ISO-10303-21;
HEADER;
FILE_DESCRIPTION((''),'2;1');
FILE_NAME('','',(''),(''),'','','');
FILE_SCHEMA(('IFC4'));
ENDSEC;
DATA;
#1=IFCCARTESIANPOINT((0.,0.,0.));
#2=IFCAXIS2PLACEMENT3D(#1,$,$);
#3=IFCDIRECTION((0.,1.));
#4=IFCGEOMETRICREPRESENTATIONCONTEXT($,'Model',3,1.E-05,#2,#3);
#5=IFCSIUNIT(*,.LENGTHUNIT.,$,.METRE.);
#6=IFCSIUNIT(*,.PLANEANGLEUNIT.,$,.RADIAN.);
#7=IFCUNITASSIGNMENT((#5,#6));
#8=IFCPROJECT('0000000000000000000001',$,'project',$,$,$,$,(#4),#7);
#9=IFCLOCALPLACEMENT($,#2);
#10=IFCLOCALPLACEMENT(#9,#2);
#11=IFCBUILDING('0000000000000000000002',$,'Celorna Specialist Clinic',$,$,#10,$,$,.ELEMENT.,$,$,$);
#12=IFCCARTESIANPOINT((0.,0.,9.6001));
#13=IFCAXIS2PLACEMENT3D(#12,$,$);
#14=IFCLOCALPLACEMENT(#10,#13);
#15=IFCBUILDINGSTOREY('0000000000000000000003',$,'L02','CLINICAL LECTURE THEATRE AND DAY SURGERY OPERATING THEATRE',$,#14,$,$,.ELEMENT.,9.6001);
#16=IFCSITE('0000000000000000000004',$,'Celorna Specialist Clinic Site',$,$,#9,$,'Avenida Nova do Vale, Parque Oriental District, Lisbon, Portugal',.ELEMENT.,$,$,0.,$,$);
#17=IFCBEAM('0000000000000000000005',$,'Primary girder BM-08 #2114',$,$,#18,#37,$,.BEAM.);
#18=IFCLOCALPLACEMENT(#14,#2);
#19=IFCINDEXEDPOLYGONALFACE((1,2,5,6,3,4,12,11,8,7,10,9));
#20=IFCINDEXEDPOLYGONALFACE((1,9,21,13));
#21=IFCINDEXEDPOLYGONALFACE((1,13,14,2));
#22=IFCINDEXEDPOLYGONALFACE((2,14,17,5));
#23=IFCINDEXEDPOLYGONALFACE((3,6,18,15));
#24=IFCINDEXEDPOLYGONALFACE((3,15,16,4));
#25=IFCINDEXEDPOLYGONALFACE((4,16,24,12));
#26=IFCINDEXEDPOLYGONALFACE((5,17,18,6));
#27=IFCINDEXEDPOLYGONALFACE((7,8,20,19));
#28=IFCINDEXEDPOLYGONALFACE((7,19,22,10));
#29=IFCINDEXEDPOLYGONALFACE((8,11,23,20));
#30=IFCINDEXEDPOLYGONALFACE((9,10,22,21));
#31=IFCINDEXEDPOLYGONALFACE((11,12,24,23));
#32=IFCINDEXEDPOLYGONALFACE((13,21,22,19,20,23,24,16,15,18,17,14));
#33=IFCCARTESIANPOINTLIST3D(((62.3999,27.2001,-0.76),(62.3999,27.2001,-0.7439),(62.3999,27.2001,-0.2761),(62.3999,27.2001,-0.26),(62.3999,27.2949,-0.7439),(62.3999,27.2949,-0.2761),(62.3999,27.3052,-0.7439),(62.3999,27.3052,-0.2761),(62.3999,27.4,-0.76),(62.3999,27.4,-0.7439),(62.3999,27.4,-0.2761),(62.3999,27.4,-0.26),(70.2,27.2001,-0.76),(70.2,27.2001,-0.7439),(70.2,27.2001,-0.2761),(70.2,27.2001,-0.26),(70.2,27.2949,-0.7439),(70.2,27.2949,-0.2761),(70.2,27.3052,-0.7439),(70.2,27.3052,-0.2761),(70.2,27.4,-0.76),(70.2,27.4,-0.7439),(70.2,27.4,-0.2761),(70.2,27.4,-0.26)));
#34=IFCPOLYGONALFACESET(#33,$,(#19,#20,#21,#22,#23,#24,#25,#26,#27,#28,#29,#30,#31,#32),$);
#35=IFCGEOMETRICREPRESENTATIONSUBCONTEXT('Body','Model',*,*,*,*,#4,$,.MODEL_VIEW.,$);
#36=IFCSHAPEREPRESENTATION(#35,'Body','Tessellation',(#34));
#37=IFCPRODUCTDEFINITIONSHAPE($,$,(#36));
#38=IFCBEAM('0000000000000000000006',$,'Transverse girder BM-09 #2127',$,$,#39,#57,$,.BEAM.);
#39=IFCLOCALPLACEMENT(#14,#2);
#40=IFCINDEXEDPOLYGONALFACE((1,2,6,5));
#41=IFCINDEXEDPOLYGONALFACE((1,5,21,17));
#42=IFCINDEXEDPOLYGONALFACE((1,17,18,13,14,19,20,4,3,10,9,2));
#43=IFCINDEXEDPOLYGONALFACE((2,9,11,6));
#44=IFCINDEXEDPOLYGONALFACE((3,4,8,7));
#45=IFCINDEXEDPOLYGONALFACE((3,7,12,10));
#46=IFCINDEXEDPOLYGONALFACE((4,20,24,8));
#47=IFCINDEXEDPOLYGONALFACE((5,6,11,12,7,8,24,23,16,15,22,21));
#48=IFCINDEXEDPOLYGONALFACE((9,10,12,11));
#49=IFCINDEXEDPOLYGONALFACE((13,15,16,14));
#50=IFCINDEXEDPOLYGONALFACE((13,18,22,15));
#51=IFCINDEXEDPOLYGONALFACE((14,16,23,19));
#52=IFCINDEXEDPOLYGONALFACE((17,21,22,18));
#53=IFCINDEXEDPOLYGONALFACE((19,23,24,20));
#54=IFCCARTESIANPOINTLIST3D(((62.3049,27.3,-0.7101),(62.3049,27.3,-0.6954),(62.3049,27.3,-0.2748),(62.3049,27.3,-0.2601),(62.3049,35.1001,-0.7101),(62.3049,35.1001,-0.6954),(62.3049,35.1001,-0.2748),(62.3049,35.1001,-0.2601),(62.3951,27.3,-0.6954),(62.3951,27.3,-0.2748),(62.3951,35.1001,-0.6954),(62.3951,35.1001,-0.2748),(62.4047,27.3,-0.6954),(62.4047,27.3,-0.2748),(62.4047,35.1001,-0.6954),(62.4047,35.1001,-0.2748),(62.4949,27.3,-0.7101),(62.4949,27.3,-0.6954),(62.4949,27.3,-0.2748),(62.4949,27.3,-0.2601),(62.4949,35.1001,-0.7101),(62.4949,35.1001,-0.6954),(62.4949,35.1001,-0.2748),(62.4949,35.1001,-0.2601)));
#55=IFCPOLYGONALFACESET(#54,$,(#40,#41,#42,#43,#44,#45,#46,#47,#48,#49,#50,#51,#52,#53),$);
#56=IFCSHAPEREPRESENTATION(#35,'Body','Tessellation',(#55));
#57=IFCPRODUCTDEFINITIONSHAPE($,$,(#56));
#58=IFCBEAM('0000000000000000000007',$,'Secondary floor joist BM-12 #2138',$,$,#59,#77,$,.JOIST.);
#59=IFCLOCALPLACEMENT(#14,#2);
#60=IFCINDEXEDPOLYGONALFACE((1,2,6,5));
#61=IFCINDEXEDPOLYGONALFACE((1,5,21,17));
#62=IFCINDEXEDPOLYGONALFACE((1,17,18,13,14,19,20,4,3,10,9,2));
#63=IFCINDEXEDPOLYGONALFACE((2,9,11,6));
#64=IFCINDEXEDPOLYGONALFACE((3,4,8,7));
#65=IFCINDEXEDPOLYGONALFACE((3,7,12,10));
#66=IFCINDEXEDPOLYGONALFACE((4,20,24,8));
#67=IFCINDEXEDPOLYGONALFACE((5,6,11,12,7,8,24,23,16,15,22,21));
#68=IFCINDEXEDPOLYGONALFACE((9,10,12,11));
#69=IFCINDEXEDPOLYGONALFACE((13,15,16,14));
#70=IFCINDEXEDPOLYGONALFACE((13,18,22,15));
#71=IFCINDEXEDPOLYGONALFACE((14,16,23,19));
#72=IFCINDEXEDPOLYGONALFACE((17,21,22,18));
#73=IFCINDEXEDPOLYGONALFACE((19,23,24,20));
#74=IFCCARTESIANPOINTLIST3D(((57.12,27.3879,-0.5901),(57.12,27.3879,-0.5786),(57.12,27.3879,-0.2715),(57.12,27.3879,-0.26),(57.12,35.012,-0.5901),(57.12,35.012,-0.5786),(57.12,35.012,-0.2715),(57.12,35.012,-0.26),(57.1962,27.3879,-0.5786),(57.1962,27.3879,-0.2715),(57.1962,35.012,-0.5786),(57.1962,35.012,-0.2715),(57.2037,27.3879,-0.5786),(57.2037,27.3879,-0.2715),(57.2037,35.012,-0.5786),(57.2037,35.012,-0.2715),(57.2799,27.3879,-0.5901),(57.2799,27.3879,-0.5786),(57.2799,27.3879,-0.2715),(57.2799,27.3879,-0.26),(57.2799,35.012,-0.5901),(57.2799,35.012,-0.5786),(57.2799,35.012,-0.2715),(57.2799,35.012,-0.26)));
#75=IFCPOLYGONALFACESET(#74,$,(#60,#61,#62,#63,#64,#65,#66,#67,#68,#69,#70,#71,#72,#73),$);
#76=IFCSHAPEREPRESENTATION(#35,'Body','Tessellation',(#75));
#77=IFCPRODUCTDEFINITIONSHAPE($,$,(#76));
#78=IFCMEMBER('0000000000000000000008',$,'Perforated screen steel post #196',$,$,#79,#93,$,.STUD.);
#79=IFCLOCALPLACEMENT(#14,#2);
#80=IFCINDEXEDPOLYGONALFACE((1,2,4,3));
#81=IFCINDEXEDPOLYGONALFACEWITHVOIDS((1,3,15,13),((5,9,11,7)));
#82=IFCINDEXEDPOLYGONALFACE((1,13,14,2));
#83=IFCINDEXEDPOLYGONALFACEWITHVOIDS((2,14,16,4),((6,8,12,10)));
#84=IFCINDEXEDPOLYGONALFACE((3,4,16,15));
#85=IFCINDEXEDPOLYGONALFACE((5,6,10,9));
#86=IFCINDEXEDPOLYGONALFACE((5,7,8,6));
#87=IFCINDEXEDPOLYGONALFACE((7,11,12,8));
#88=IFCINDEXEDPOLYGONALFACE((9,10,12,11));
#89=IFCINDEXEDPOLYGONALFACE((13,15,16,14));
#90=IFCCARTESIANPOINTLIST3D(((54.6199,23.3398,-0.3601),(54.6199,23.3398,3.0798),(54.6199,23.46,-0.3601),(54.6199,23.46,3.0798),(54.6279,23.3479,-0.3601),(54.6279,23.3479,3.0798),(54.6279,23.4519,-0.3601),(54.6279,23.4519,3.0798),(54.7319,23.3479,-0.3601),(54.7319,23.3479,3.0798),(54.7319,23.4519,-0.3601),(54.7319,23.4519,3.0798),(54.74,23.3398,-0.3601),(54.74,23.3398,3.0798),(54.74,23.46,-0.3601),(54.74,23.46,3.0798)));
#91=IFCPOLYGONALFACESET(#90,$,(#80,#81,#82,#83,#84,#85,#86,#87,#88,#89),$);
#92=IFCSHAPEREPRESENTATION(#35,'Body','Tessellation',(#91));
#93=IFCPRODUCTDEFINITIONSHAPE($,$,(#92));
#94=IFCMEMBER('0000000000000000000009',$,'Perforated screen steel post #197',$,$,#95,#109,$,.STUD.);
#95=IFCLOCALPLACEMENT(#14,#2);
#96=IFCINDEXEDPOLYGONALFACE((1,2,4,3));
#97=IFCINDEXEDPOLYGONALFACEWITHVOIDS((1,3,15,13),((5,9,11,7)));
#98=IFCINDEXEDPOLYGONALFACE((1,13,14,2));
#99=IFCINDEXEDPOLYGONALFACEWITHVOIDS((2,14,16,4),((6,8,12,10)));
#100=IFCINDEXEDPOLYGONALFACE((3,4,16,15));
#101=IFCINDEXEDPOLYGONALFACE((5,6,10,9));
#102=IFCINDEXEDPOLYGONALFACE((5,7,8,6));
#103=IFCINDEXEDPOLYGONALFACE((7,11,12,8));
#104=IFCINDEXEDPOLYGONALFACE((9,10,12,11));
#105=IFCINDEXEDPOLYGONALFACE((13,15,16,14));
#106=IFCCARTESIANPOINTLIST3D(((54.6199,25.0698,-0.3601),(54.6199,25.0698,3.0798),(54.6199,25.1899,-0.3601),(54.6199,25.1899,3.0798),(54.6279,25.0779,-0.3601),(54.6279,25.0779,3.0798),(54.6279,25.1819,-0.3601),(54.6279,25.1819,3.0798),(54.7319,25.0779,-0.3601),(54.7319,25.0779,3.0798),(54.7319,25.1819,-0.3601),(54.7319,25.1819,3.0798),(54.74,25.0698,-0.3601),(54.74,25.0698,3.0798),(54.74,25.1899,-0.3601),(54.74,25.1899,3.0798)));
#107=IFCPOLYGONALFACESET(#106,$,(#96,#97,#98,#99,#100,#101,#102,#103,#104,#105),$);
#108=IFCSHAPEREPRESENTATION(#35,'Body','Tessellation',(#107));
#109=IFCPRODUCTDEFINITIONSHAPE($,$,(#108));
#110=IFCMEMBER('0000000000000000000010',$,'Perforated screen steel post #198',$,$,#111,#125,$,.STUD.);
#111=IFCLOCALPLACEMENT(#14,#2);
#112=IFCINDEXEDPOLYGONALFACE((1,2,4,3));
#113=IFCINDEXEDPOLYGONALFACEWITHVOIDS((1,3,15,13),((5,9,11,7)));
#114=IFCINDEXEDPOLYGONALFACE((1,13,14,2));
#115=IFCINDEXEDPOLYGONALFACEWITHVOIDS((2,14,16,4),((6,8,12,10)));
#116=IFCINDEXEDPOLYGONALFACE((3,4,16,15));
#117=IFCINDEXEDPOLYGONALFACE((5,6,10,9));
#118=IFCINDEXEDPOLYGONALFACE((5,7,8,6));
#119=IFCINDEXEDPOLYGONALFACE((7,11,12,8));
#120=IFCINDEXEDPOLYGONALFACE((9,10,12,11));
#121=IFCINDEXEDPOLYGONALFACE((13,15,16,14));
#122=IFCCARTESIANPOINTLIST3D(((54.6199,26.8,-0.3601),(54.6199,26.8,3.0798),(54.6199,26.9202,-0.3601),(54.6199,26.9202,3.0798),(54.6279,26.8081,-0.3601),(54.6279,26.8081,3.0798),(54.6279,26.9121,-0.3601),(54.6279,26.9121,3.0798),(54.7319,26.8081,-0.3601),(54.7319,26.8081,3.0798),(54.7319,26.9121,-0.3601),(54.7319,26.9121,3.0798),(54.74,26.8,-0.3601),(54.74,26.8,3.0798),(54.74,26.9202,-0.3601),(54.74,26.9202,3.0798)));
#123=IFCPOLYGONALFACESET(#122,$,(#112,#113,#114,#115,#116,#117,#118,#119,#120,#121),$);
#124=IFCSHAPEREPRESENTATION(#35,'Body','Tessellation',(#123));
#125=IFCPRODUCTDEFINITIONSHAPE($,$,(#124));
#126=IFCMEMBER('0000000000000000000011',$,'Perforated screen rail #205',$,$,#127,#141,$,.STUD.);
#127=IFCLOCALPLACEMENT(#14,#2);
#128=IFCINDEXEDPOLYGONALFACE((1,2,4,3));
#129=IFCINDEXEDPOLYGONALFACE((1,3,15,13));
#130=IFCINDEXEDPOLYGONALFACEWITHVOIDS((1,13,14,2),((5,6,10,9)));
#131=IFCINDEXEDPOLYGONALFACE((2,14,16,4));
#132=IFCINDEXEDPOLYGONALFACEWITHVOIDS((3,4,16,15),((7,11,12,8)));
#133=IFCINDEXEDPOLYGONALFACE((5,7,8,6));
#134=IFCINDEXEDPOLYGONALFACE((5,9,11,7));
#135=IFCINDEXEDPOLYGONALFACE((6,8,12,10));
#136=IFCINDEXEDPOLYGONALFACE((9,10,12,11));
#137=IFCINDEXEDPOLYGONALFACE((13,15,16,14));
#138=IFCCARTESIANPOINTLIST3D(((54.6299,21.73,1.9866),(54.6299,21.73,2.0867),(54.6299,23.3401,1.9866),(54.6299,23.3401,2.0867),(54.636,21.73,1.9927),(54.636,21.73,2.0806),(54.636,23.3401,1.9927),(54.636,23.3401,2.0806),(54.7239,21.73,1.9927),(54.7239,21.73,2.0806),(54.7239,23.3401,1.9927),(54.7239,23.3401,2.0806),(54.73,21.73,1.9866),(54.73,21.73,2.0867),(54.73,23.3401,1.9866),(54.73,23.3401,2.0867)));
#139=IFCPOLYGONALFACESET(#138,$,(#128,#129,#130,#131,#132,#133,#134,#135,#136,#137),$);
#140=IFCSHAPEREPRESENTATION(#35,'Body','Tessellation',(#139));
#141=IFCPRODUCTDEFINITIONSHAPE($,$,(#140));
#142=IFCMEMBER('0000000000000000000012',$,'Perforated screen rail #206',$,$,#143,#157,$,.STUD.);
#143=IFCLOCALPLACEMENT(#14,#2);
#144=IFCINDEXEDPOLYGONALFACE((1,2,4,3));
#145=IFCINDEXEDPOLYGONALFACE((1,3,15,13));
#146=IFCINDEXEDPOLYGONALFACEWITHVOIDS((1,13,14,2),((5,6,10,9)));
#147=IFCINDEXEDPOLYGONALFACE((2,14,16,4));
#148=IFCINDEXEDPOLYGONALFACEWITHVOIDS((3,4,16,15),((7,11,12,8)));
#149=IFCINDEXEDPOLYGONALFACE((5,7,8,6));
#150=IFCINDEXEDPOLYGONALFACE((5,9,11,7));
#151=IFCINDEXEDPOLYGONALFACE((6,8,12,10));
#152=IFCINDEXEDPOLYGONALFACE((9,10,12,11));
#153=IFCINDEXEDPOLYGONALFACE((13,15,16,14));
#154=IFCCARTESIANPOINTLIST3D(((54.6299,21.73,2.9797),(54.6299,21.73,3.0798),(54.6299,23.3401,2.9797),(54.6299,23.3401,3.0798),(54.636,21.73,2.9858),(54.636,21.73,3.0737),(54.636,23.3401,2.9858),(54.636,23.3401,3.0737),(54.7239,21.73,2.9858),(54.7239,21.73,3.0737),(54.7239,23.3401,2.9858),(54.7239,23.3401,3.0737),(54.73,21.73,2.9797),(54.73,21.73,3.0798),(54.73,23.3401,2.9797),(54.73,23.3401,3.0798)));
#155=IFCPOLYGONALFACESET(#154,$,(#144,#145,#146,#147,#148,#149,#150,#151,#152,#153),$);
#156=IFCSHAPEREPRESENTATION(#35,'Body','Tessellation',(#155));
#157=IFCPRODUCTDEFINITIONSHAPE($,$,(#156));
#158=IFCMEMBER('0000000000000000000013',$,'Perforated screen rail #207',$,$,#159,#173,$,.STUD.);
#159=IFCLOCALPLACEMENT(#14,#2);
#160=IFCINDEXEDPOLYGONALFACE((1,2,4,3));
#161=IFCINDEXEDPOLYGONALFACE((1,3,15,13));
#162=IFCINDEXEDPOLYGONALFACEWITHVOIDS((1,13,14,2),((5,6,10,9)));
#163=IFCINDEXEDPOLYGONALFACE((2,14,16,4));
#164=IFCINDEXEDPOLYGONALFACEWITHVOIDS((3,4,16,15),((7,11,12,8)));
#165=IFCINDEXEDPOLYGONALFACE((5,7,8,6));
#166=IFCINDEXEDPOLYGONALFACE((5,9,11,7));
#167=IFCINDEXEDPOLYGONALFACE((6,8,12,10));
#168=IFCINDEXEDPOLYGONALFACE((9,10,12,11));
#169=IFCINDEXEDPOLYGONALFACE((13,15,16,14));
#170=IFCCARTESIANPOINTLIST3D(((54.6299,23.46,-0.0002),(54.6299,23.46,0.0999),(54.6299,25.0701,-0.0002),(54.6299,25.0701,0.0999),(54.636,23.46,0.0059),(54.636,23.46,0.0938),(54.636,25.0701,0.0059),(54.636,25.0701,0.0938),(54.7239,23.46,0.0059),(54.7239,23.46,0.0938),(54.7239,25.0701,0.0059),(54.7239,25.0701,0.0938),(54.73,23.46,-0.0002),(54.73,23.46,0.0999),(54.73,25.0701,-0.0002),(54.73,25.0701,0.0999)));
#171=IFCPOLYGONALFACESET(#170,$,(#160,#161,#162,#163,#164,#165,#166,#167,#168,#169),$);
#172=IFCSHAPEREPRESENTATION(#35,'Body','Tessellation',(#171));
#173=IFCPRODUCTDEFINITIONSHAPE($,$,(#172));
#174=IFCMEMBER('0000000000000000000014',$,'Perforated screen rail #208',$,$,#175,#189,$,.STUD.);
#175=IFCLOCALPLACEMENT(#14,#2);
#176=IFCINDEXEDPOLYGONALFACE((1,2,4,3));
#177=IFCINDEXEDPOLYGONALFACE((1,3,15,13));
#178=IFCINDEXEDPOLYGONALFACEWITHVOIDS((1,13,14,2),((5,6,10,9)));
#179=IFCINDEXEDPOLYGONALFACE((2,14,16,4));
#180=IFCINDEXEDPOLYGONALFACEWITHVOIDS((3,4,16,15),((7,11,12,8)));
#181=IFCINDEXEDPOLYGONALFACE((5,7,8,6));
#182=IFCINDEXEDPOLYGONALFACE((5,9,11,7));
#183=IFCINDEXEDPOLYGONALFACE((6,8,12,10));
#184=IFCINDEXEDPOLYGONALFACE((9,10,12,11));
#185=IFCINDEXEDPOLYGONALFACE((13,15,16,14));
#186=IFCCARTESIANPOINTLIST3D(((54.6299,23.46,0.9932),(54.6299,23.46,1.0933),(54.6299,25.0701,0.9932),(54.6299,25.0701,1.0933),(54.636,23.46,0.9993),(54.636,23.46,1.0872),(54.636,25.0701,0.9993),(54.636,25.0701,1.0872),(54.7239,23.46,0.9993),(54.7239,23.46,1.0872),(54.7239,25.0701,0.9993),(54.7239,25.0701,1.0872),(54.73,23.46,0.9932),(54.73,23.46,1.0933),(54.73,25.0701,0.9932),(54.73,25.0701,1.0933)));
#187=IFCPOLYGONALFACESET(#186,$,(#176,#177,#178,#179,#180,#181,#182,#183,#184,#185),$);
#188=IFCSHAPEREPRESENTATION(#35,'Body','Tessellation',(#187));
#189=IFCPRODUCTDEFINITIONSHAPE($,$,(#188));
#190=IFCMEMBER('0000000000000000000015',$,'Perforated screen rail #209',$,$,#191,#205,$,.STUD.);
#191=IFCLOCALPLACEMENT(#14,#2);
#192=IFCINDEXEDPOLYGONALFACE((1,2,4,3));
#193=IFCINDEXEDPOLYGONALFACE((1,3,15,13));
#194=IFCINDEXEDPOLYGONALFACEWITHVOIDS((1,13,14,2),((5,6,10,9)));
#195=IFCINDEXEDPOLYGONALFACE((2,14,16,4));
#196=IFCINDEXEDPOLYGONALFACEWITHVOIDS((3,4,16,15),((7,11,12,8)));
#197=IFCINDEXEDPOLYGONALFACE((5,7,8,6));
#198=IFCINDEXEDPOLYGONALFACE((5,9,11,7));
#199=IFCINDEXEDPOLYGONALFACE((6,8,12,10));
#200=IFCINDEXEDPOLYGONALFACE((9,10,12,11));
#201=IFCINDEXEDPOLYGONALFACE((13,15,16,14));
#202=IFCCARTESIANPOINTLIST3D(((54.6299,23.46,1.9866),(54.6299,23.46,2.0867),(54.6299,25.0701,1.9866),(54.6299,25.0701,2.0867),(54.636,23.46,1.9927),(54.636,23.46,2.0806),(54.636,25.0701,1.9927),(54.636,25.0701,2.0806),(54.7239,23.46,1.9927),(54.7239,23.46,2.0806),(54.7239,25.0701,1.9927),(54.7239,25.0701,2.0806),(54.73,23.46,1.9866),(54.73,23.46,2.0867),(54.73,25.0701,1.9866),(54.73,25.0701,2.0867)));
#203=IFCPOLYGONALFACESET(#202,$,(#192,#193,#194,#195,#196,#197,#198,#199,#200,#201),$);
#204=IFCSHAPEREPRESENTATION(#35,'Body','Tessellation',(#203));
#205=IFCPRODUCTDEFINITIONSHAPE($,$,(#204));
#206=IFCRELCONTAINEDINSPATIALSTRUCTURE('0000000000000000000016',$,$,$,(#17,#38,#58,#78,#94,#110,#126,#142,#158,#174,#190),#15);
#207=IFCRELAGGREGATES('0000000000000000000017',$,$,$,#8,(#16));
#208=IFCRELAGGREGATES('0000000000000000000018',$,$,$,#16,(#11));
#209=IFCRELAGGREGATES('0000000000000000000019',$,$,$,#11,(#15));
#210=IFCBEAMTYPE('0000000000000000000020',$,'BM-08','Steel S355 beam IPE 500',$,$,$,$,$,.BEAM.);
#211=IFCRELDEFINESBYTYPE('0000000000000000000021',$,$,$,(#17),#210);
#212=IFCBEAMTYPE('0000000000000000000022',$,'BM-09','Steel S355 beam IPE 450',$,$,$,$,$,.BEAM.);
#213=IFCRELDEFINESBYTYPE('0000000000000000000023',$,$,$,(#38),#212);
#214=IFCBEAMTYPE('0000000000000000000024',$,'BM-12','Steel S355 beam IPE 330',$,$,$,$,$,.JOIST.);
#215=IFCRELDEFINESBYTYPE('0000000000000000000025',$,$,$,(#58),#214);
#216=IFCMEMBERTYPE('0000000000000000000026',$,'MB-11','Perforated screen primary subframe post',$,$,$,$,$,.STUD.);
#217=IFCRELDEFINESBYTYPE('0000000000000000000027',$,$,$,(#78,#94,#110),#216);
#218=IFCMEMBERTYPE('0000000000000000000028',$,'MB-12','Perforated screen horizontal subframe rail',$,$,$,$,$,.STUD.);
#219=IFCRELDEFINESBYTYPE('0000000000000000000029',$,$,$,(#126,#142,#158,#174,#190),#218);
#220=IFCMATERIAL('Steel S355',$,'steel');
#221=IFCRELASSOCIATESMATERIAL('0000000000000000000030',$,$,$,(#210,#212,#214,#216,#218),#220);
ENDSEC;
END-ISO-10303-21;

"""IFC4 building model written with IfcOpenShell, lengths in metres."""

from ifc_helpers import new_model, si_unit, direction, frame, origin, origin_2d, place, context, subcontext, project, spatial, hollow_rectangle, i_section, extrude, material, material_profile, profile_set, type_object, element, save


model = new_model("IFC4")

# Units and contexts
model_context = context("Model", 3, precision=1e-05, world=origin(), true_north=direction((0.0, 1.0)))
body_context = subcontext(model_context, "Body", "Model", "MODEL_VIEW")
ifc_project = project(units=[si_unit("LENGTHUNIT", "METRE"), si_unit("PLANEANGLEUNIT", "RADIAN")], contexts=[model_context])

# Site, building, storey
site_placement = place(None, origin())
site = spatial("IfcSite", under=ifc_project, at=site_placement, Name="Celorna Specialist Clinic Site", LongName="Avenida Nova do Vale, Parque Oriental District, Lisbon, Portugal", CompositionType="ELEMENT", RefElevation=0.0)
building_placement = place(site_placement, origin())
building = spatial("IfcBuilding", under=site, at=building_placement, Name="Celorna Specialist Clinic", CompositionType="ELEMENT")
storey_placement = place(building_placement, frame((0.0, 0.0, 9.6001)))
storey = spatial("IfcBuildingStorey", under=building, at=storey_placement, Name="L02", Description="CLINICAL LECTURE THEATRE AND DAY SURGERY OPERATING THEATRE", CompositionType="ELEMENT", Elevation=9.6001)

# Beams
ifc_material_1 = material(Name="Steel S355", Category="steel")
ifc_material_profile_1 = material_profile(ifc_material_1, i_section(OverallWidth=0.2, OverallDepth=0.5, WebThickness=0.0103, FlangeThickness=0.0161, at=origin_2d()), Name="IPE 500")
ifc_profile_set_1 = profile_set([ifc_material_profile_1], Name="Steel S355")
beam_type_1 = type_object("IfcBeamType", Name="BM-08", Description="Steel S355 beam IPE 500", PredefinedType="BEAM", material=ifc_profile_set_1)
beam_1_placement = place(storey_placement, frame((62.3999, 27.3, -0.51), z_axis=(1.0, 0.0, 0.0), x_axis=(0.0, 1.0, 0.0)))
element("IfcBeam", 1, at=beam_1_placement, inside=storey, type_object=beam_type_1, Name="Primary girder BM-08 #2114", PredefinedType="BEAM", context=body_context, shape_type="SweptSolid", body=[
    extrude(i_section(OverallWidth=0.2, OverallDepth=0.5, WebThickness=0.0103, FlangeThickness=0.0161, at=origin_2d()), origin(), (0.0, 0.0, 1.0), 7.8),
])
ifc_material_profile_2 = material_profile(ifc_material_1, i_section(OverallWidth=0.1899, OverallDepth=0.45, WebThickness=0.0095, FlangeThickness=0.0146, at=origin_2d()), Name="IPE 450")
ifc_profile_set_2 = profile_set([ifc_material_profile_2], Name="Steel S355")
beam_type_2 = type_object("IfcBeamType", Name="BM-09", Description="Steel S355 beam IPE 450", PredefinedType="BEAM", material=ifc_profile_set_2)
beam_2_placement = place(storey_placement, frame((62.3999, 27.3, -0.4851), z_axis=(0.0, 1.0, 0.0), x_axis=(-1.0, 0.0, 0.0)))
element("IfcBeam", 2, at=beam_2_placement, inside=storey, type_object=beam_type_2, Name="Transverse girder BM-09 #2127", PredefinedType="BEAM", context=body_context, shape_type="SweptSolid", body=[
    extrude(i_section(OverallWidth=0.1899, OverallDepth=0.45, WebThickness=0.0095, FlangeThickness=0.0146, at=origin_2d()), origin(), (0.0, 0.0, 1.0), 7.8),
])
ifc_material_profile_3 = material_profile(ifc_material_1, i_section(OverallWidth=0.1599, OverallDepth=0.3301, WebThickness=0.0076, FlangeThickness=0.0115, at=origin_2d()), Name="IPE 330")
ifc_profile_set_3 = profile_set([ifc_material_profile_3], Name="Steel S355")
beam_type_3 = type_object("IfcBeamType", Name="BM-12", Description="Steel S355 beam IPE 330", PredefinedType="JOIST", material=ifc_profile_set_3)
beam_3_placement = place(storey_placement, frame((57.2, 27.3879, -0.425), z_axis=(0.0, 1.0, 0.0), x_axis=(-1.0, 0.0, 0.0)))
element("IfcBeam", 3, at=beam_3_placement, inside=storey, type_object=beam_type_3, Name="Secondary floor joist BM-12 #2138", PredefinedType="JOIST", context=body_context, shape_type="SweptSolid", body=[
    extrude(i_section(OverallWidth=0.1599, OverallDepth=0.3301, WebThickness=0.0076, FlangeThickness=0.0115, at=origin_2d()), origin(), (0.0, 0.0, 1.0), 7.624),
])

# Members
ifc_material_profile_4 = material_profile(ifc_material_1, hollow_rectangle(XDim=0.1201, YDim=0.1201, WallThickness=0.0081, at=origin_2d()), Name="SHS 120x120x8")
ifc_profile_set_4 = profile_set([ifc_material_profile_4], Name="Steel S355")
member_type_1 = type_object("IfcMemberType", Name="MB-11", Description="Perforated screen primary subframe post", PredefinedType="STUD", material=ifc_profile_set_4)
for number, where, z_axis, x_axis, name in (
    (4, (54.6799, 23.3999, -0.3601), (0.0, 0.0, 1.0), (1.0, 0.0, 0.0), "Perforated screen steel post #196"),
    (5, (54.6799, 25.1299, -0.3601), (0.0, 0.0, 1.0), (1.0, 0.0, 0.0), "Perforated screen steel post #197"),
    (6, (54.6799, 26.8601, -0.3601), (0.0, 0.0, 1.0), (1.0, 0.0, 0.0), "Perforated screen steel post #198"),
):
    element("IfcMember", number, at=place(storey_placement, frame(where, z_axis=z_axis, x_axis=x_axis)), inside=storey, type_object=member_type_1, Name=name, PredefinedType="STUD", context=body_context, shape_type="SweptSolid", body=[
        extrude(hollow_rectangle(XDim=0.1201, YDim=0.1201, WallThickness=0.0081, at=origin_2d()), origin(), (0.0, 0.0, 1.0), 3.4399),
    ])
ifc_material_profile_5 = material_profile(ifc_material_1, hollow_rectangle(XDim=0.1001, YDim=0.1001, WallThickness=0.0061, at=origin_2d()), Name="SHS 100x100x6")
ifc_profile_set_5 = profile_set([ifc_material_profile_5], Name="Steel S355")
member_type_2 = type_object("IfcMemberType", Name="MB-12", Description="Perforated screen horizontal subframe rail", PredefinedType="STUD", material=ifc_profile_set_5)
for number, where, z_axis, x_axis, name in (
    (7, (54.6799, 21.73, 2.0366), (0.0, 1.0, 0.0), (-1.0, 0.0, 0.0), "Perforated screen rail #205"),
    (8, (54.6799, 21.73, 3.0298), (0.0, 1.0, 0.0), (-1.0, 0.0, 0.0), "Perforated screen rail #206"),
    (9, (54.6799, 23.46, 0.0498), (0.0, 1.0, 0.0), (-1.0, 0.0, 0.0), "Perforated screen rail #207"),
    (10, (54.6799, 23.46, 1.0432), (0.0, 1.0, 0.0), (-1.0, 0.0, 0.0), "Perforated screen rail #208"),
    (11, (54.6799, 23.46, 2.0366), (0.0, 1.0, 0.0), (-1.0, 0.0, 0.0), "Perforated screen rail #209"),
):
    element("IfcMember", number, at=place(storey_placement, frame(where, z_axis=z_axis, x_axis=x_axis)), inside=storey, type_object=member_type_2, Name=name, PredefinedType="STUD", context=body_context, shape_type="SweptSolid", body=[
        extrude(hollow_rectangle(XDim=0.1001, YDim=0.1001, WallThickness=0.0061, at=origin_2d()), origin(), (0.0, 0.0, 1.0), 1.6101),
    ])

save(model, "model.ifc")
